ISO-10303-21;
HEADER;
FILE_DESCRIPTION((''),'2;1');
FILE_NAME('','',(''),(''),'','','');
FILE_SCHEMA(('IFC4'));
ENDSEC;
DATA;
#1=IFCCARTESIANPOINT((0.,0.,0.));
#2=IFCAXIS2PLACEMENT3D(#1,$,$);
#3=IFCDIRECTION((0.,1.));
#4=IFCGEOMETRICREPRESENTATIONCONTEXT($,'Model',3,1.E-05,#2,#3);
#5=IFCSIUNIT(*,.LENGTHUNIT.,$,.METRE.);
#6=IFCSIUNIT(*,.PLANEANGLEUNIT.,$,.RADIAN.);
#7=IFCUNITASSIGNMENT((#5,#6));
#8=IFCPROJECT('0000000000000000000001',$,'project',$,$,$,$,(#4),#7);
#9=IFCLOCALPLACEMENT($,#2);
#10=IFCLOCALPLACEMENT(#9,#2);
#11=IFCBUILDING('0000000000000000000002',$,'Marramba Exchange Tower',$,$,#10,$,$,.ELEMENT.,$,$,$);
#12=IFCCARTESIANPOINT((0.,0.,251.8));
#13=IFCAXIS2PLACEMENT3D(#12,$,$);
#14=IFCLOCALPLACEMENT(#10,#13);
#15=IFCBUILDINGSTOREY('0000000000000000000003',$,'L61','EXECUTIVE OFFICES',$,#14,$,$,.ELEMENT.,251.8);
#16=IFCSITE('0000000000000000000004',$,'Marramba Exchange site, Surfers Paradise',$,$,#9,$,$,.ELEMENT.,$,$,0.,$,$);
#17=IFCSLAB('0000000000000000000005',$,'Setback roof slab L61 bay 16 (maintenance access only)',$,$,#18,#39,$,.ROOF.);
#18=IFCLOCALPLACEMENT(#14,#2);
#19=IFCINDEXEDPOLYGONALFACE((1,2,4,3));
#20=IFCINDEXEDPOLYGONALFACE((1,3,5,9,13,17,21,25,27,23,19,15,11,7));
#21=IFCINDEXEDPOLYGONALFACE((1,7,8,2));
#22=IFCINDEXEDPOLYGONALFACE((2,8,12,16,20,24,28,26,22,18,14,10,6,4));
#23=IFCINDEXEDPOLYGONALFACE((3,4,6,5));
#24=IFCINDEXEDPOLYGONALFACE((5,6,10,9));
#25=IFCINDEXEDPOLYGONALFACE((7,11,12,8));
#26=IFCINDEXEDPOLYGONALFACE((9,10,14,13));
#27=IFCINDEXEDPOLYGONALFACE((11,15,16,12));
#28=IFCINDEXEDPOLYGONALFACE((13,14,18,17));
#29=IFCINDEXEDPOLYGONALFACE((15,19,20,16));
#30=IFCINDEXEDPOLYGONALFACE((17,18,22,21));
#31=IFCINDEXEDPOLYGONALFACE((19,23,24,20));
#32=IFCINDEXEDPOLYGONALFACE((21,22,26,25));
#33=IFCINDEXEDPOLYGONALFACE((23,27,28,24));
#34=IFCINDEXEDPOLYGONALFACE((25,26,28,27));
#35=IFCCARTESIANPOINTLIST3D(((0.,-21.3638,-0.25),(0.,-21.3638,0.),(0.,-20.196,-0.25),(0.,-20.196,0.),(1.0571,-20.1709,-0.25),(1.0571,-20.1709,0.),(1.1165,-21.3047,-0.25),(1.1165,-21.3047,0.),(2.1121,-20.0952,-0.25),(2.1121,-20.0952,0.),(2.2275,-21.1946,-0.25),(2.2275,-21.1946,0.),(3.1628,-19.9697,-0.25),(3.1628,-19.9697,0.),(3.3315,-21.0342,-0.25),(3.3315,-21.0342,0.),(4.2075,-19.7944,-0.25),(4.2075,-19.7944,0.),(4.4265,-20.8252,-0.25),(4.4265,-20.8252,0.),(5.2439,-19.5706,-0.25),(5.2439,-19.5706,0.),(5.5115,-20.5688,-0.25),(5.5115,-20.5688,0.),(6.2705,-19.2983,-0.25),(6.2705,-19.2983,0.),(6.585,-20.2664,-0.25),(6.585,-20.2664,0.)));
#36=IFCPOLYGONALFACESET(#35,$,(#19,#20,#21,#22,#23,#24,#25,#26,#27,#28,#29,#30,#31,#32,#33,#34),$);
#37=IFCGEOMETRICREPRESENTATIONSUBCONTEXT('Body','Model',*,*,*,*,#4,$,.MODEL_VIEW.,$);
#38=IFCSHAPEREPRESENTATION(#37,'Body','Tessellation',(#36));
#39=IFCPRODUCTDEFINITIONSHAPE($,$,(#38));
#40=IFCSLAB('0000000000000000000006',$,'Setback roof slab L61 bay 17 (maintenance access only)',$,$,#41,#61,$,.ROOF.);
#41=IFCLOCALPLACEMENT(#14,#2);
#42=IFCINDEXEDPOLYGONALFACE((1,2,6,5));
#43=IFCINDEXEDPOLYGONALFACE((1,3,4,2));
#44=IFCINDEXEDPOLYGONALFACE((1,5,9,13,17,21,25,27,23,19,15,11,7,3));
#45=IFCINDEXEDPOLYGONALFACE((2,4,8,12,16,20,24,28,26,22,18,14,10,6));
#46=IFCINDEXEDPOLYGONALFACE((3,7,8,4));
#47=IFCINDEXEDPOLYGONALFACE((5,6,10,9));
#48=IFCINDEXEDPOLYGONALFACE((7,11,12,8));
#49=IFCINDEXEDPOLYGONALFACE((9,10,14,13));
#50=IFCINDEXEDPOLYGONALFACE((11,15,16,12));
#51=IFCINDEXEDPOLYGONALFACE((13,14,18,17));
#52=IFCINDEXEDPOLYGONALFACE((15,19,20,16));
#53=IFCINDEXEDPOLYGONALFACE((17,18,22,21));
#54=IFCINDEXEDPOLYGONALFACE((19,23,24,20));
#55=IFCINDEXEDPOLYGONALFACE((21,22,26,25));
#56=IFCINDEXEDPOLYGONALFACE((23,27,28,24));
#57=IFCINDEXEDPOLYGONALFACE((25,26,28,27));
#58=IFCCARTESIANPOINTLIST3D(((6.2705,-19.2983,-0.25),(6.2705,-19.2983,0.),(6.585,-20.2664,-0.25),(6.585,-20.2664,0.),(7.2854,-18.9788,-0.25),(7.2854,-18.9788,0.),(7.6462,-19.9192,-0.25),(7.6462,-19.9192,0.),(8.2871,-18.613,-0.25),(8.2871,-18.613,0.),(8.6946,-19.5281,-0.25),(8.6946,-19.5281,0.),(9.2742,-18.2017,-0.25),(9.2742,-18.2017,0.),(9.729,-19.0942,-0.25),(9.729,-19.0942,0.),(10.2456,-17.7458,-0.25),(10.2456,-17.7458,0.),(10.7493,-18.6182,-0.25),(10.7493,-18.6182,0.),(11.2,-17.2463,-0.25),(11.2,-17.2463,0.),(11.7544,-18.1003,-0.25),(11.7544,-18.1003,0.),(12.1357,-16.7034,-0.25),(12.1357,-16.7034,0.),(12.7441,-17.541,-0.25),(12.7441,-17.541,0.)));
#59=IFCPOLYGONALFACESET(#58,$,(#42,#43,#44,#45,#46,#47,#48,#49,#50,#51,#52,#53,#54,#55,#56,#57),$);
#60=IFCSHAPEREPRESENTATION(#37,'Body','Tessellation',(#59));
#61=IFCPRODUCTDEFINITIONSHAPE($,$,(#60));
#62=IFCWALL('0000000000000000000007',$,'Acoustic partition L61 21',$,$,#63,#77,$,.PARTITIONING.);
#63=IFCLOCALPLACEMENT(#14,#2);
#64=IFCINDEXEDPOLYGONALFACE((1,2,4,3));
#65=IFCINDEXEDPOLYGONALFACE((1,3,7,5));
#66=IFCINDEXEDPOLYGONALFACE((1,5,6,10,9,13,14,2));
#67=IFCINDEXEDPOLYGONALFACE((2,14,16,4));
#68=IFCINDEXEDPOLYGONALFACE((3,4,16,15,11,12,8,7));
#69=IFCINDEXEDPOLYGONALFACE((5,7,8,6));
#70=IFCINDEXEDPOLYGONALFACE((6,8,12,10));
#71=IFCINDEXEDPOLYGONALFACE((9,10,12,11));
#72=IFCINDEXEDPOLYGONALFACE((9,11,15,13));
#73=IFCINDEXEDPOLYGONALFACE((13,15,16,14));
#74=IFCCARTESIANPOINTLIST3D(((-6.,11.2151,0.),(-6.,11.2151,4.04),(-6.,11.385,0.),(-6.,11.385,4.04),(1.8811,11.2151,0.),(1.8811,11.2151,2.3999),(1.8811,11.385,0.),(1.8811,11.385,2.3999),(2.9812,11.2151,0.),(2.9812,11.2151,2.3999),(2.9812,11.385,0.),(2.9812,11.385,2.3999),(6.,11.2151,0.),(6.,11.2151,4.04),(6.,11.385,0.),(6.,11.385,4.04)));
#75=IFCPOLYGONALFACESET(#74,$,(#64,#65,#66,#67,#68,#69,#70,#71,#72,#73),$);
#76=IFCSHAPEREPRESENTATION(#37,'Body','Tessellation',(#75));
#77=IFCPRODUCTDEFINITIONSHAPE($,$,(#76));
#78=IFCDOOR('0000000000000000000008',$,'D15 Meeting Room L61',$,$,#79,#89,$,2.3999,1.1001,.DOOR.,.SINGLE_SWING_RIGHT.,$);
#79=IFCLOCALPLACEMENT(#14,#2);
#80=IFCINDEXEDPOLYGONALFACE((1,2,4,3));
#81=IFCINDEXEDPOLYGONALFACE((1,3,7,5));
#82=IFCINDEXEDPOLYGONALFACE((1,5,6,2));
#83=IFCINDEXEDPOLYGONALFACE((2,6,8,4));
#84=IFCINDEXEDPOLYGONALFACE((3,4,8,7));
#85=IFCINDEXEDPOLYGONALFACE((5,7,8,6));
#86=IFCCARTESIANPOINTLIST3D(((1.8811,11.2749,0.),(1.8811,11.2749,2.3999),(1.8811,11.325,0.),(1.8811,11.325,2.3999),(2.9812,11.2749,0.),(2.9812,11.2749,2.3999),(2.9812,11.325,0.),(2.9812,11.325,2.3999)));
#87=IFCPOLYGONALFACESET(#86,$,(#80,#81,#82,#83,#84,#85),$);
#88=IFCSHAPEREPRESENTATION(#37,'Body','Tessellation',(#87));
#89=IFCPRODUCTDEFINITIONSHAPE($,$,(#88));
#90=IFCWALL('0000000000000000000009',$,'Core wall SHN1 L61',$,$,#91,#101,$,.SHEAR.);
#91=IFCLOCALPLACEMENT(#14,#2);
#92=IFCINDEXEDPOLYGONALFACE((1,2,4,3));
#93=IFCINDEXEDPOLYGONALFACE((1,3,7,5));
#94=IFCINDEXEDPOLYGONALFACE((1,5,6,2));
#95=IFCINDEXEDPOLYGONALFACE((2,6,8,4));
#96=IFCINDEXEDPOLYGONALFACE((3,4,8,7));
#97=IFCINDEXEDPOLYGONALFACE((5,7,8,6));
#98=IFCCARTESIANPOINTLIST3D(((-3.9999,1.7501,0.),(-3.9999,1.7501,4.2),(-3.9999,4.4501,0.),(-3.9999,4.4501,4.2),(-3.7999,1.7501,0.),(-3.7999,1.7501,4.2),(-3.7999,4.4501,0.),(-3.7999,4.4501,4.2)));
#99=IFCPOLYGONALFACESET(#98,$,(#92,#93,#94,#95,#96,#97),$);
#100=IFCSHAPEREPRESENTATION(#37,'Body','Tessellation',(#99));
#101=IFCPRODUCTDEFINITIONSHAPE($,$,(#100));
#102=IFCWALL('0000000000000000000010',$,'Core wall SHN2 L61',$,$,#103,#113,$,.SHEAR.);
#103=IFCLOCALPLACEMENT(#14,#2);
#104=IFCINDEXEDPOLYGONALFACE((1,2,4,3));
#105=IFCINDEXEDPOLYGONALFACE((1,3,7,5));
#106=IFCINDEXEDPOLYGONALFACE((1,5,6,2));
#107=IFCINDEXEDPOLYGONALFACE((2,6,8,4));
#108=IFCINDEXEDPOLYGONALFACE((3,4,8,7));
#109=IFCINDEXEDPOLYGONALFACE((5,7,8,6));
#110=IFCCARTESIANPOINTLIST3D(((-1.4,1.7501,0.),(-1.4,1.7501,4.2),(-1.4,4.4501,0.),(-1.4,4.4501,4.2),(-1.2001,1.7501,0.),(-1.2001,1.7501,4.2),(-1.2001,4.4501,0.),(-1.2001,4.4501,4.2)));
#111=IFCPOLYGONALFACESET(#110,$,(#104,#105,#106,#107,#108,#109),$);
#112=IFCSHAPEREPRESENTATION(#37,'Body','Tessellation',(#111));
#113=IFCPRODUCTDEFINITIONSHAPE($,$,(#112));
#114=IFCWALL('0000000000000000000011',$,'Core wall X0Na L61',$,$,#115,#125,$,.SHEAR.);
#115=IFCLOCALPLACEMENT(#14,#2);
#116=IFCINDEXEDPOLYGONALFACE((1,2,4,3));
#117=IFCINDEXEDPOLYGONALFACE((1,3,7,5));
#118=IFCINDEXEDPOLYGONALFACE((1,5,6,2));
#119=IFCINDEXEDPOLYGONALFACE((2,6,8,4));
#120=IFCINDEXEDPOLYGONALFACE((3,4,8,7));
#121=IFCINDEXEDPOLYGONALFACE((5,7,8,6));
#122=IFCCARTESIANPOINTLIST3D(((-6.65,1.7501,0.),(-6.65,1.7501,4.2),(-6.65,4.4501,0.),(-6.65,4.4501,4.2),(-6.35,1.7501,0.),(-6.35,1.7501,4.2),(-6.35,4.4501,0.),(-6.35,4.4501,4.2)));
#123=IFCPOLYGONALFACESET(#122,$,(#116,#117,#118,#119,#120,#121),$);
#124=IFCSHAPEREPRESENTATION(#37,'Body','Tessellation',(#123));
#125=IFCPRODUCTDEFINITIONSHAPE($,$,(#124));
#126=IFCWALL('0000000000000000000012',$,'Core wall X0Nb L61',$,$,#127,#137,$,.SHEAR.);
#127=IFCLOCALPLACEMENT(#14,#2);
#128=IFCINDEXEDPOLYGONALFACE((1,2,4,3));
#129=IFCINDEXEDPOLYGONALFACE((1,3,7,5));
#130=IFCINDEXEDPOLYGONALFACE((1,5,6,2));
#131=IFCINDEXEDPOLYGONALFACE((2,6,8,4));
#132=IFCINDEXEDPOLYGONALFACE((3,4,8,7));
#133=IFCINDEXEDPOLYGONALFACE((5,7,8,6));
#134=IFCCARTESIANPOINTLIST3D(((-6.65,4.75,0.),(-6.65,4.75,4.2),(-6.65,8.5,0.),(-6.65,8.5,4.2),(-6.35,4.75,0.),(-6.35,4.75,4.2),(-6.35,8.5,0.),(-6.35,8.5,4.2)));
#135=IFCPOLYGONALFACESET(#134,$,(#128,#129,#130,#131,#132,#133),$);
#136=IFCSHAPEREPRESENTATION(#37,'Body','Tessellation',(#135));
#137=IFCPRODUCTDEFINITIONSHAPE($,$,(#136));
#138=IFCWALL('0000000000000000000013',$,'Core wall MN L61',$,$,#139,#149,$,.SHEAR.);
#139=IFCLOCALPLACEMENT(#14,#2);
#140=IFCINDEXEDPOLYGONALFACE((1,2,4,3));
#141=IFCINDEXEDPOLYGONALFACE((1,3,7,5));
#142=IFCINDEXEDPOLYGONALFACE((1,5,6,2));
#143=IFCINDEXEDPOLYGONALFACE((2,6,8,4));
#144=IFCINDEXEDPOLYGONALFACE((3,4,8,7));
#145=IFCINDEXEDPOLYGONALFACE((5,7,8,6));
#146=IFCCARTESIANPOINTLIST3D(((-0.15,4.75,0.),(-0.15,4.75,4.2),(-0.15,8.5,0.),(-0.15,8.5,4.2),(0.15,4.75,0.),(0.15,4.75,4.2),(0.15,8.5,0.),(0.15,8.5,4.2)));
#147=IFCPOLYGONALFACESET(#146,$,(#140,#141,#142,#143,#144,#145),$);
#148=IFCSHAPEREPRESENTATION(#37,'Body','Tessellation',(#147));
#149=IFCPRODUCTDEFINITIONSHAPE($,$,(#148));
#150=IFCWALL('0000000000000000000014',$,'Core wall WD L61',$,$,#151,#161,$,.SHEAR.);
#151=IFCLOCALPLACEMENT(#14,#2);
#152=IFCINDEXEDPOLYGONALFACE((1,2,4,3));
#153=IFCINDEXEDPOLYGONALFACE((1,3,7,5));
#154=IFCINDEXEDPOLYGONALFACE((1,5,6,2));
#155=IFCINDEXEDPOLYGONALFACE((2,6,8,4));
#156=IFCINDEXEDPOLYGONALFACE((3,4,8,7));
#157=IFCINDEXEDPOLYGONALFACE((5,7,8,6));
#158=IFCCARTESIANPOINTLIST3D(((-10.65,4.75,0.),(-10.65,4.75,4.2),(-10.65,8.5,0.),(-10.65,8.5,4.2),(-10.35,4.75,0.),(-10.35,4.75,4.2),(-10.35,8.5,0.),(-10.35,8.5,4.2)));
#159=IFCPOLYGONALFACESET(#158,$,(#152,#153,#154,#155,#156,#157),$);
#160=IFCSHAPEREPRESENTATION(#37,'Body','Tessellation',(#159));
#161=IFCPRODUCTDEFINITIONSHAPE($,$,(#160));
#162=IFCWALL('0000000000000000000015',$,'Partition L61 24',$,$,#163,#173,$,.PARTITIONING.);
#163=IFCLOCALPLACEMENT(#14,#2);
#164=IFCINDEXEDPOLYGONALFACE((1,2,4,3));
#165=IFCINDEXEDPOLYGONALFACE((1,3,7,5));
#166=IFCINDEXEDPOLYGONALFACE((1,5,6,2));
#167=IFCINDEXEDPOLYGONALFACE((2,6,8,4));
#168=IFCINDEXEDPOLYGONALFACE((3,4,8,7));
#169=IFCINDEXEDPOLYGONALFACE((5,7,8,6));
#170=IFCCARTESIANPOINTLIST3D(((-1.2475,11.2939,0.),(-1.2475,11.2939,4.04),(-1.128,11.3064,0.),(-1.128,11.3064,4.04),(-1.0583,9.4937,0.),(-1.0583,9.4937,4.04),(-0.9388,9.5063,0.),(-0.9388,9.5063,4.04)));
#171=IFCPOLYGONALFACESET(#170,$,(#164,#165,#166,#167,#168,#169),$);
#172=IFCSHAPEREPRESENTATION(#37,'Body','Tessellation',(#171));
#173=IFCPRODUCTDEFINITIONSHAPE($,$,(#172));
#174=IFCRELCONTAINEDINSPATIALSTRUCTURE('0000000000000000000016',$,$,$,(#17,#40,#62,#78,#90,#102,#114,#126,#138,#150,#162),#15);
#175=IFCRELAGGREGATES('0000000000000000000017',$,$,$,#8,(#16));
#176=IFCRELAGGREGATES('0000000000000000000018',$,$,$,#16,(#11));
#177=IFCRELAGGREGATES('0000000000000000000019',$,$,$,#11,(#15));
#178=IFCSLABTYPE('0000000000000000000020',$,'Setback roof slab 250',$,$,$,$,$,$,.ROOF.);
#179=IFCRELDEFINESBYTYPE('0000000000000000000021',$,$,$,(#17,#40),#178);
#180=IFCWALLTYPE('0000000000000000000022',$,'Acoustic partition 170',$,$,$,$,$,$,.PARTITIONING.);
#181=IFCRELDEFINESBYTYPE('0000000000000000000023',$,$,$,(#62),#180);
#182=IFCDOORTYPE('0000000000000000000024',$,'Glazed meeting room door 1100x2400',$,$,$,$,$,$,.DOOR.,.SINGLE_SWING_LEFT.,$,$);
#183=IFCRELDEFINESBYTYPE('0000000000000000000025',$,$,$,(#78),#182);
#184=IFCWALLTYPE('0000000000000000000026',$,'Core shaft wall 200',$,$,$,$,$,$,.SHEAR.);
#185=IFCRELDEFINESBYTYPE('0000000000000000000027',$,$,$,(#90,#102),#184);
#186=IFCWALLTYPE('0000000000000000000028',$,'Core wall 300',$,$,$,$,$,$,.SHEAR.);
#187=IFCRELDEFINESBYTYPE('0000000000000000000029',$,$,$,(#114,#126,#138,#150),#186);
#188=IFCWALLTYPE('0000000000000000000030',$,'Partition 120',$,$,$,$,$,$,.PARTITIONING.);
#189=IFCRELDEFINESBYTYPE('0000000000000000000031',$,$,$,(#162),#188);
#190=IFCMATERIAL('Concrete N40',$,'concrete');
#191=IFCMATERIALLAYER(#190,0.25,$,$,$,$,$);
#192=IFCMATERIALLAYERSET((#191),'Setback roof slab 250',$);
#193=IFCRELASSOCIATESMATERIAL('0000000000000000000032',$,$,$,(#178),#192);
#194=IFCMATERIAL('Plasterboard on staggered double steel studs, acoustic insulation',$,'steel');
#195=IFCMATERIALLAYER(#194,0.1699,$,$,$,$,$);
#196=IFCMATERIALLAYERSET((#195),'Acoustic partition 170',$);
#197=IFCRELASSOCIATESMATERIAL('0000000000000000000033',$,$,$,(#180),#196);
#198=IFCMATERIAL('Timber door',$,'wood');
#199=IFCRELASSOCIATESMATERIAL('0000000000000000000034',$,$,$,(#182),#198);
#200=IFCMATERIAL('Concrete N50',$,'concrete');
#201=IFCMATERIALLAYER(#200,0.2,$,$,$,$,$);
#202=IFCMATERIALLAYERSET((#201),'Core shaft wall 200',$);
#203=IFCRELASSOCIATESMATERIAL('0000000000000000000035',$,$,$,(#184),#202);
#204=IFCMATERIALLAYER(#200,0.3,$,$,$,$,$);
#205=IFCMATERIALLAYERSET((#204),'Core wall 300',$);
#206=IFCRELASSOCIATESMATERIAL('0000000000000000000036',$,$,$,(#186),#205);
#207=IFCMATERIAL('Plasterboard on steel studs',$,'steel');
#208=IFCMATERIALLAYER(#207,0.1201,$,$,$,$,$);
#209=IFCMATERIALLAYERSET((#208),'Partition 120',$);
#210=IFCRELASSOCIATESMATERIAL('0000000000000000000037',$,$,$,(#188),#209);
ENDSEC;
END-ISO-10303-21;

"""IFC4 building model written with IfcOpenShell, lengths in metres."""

from ifc_helpers import new_model, si_unit, direction, frame, frame_2d, origin, place, context, subcontext, project, spatial, polyline, rectangle, outline, extrude, material, layer, layer_set, type_object, element, fill, save


model = new_model("IFC4")

# Units and contexts
model_context = context("Model", 3, precision=1e-05, world=origin(), true_north=direction((0.0, 1.0)))
body_context = subcontext(model_context, "Body", "Model", "MODEL_VIEW")
ifc_project = project(units=[si_unit("LENGTHUNIT", "METRE"), si_unit("PLANEANGLEUNIT", "RADIAN")], contexts=[model_context])

# Site, building, storey
site_placement = place(None, origin())
site = spatial("IfcSite", under=ifc_project, at=site_placement, Name="Marramba Exchange site, Surfers Paradise", CompositionType="ELEMENT", RefElevation=0.0)
building_placement = place(site_placement, origin())
building = spatial("IfcBuilding", under=site, at=building_placement, Name="Marramba Exchange Tower", CompositionType="ELEMENT")
storey_placement = place(building_placement, frame((0.0, 0.0, 251.8)))
storey = spatial("IfcBuildingStorey", under=building, at=storey_placement, Name="L61", Description="EXECUTIVE OFFICES", CompositionType="ELEMENT", Elevation=251.8)

# Slabs
ifc_material_1 = material(Name="Concrete N40", Category="concrete")
ifc_layer_1 = layer(ifc_material_1, 0.25)
ifc_layer_set_1 = layer_set([ifc_layer_1], Name="Setback roof slab 250")
slab_type = type_object("IfcSlabType", Name="Setback roof slab 250", PredefinedType="ROOF", material=ifc_layer_set_1)
slab_1_placement = place(storey_placement, frame((0.0, 0.0, -0.25)))
element("IfcSlab", 1, at=slab_1_placement, inside=storey, type_object=slab_type, Name="Setback roof slab L61 bay 16 (maintenance access only)", PredefinedType="ROOF", context=body_context, shape_type="SweptSolid", body=[
    extrude(outline(polyline([(6.585, -20.2664), (5.5115, -20.5688), (4.4265, -20.8252), (3.3315, -21.0342), (2.2275, -21.1946), (1.1165, -21.3047), (0.0, -21.3638), (0.0, -20.196), (1.0571, -20.1709), (2.1121, -20.0952), (3.1628, -19.9697), (4.2075, -19.7944), (5.2439, -19.5706), (6.2705, -19.2983), (6.585, -20.2664)])), origin(), (0.0, 0.0, 1.0), 0.25),
])
slab_2_placement = place(storey_placement, frame((0.0, 0.0, -0.25)))
element("IfcSlab", 2, at=slab_2_placement, inside=storey, type_object=slab_type, Name="Setback roof slab L61 bay 17 (maintenance access only)", PredefinedType="ROOF", context=body_context, shape_type="SweptSolid", body=[
    extrude(outline(polyline([(11.7544, -18.1003), (10.7493, -18.6182), (9.729, -19.0942), (8.6946, -19.5281), (7.6462, -19.9192), (6.585, -20.2664), (6.2705, -19.2983), (7.2854, -18.9788), (8.2871, -18.613), (9.2742, -18.2017), (10.2456, -17.7458), (11.2, -17.2463), (12.1357, -16.7034), (12.7441, -17.541), (11.7544, -18.1003)])), origin(), (0.0, 0.0, 1.0), 0.25),
])

# Wall, opening, door
ifc_material_2 = material(Name="Plasterboard on staggered double steel studs, acoustic insulation", Category="steel")
ifc_layer_2 = layer(ifc_material_2, 0.1699)
ifc_layer_set_2 = layer_set([ifc_layer_2], Name="Acoustic partition 170")
wall_type_1 = type_object("IfcWallType", Name="Acoustic partition 170", PredefinedType="PARTITIONING", material=ifc_layer_set_2)
wall_1_placement = place(storey_placement, frame((-6.0, 11.3, 0.0), z_axis=(0.0, 0.0, 1.0), x_axis=(1.0, 0.0, 0.0)))
wall_1 = element("IfcWall", 3, at=wall_1_placement, inside=storey, type_object=wall_type_1, Name="Acoustic partition L61 21", PredefinedType="PARTITIONING", context=body_context, shape_type="SweptSolid", body=[
    extrude(rectangle(XDim=12.0, YDim=0.1699, at=frame_2d((6.0, 0.0))), origin(), (0.0, 0.0, 1.0), 4.04),
])
opening_1_placement = place(wall_1_placement, frame((7.8811, 0.0, 0.0)))
opening_1 = element("IfcOpeningElement", 4, at=opening_1_placement, cuts=wall_1, PredefinedType="OPENING", context=body_context, shape_type="SweptSolid", body=[
    extrude(rectangle(XDim=1.1001, YDim=2.3999, at=frame_2d((0.55, 1.2))), frame((0.0, 0.095, 0.0), z_axis=(0.0, -1.0, 0.0), x_axis=(1.0, 0.0, 0.0)), (0.0, 0.0, 1.0), 0.1899),
])
ifc_material_3 = material(Name="Timber door", Category="wood")
door_type_1 = type_object("IfcDoorType", Name="Glazed meeting room door 1100x2400", OperationType="SINGLE_SWING_LEFT", PredefinedType="DOOR", material=ifc_material_3)
door_1_placement = place(opening_1_placement, origin())
door_1 = element("IfcDoor", 5, at=door_1_placement, inside=storey, type_object=door_type_1, Name="D15 Meeting Room L61", OperationType="SINGLE_SWING_RIGHT", OverallHeight=2.3999, OverallWidth=1.1001, PredefinedType="DOOR", context=body_context, shape_type="SweptSolid", body=[
    extrude(rectangle(XDim=1.1001, YDim=2.3999, at=frame_2d((0.55, 1.2))), frame((0.0, 0.0249, 0.0), z_axis=(0.0, -1.0, 0.0), x_axis=(1.0, 0.0, 0.0)), (0.0, 0.0, 1.0), 0.05),
])
fill(opening_1, door_1)

# Walls
ifc_material_4 = material(Name="Concrete N50", Category="concrete")
ifc_layer_3 = layer(ifc_material_4, 0.2)
ifc_layer_set_3 = layer_set([ifc_layer_3], Name="Core shaft wall 200")
wall_type_2 = type_object("IfcWallType", Name="Core shaft wall 200", PredefinedType="SHEAR", material=ifc_layer_set_3)
for number, where, z_axis, x_axis, name in (
    (6, (-3.8999, 1.75, 0.0), (0.0, 0.0, 1.0), (0.0, 1.0, 0.0), "Core wall SHN1 L61"),
    (7, (-1.3, 1.75, 0.0), (0.0, 0.0, 1.0), (0.0, 1.0, 0.0), "Core wall SHN2 L61"),
):
    element("IfcWall", number, at=place(storey_placement, frame(where, z_axis=z_axis, x_axis=x_axis)), inside=storey, type_object=wall_type_2, Name=name, PredefinedType="SHEAR", context=body_context, shape_type="SweptSolid", body=[
        extrude(rectangle(XDim=2.7, YDim=0.2, at=frame_2d((1.3501, 0.0))), origin(), (0.0, 0.0, 1.0), 4.2),
    ])
ifc_layer_4 = layer(ifc_material_4, 0.3)
ifc_layer_set_4 = layer_set([ifc_layer_4], Name="Core wall 300")
wall_type_3 = type_object("IfcWallType", Name="Core wall 300", PredefinedType="SHEAR", material=ifc_layer_set_4)
wall_2_placement = place(storey_placement, frame((-6.5, 1.75, 0.0), z_axis=(0.0, 0.0, 1.0), x_axis=(0.0, 1.0, 0.0)))
element("IfcWall", 8, at=wall_2_placement, inside=storey, type_object=wall_type_3, Name="Core wall X0Na L61", PredefinedType="SHEAR", context=body_context, shape_type="SweptSolid", body=[
    extrude(rectangle(XDim=2.7, YDim=0.3, at=frame_2d((1.3501, 0.0))), origin(), (0.0, 0.0, 1.0), 4.2),
])
for number, where, z_axis, x_axis, name in (
    (9, (-6.5, 4.75, 0.0), (0.0, 0.0, 1.0), (0.0, 1.0, 0.0), "Core wall X0Nb L61"),
    (10, (0.0, 4.75, 0.0), (0.0, 0.0, 1.0), (0.0, 1.0, 0.0), "Core wall MN L61"),
    (11, (-10.5, 4.75, 0.0), (0.0, 0.0, 1.0), (0.0, 1.0, 0.0), "Core wall WD L61"),
):
    element("IfcWall", number, at=place(storey_placement, frame(where, z_axis=z_axis, x_axis=x_axis)), inside=storey, type_object=wall_type_3, Name=name, PredefinedType="SHEAR", context=body_context, shape_type="SweptSolid", body=[
        extrude(rectangle(XDim=3.75, YDim=0.3, at=frame_2d((1.875, 0.0))), origin(), (0.0, 0.0, 1.0), 4.2),
    ])
ifc_material_5 = material(Name="Plasterboard on steel studs", Category="steel")
ifc_layer_5 = layer(ifc_material_5, 0.1201)
ifc_layer_set_5 = layer_set([ifc_layer_5], Name="Partition 120")
wall_type_4 = type_object("IfcWallType", Name="Partition 120", PredefinedType="PARTITIONING", material=ifc_layer_set_5)
wall_3_placement = place(storey_placement, frame((-0.9985, 9.5, 0.0), z_axis=(0.0, 0.0, 1.0), x_axis=(-0.104537, 0.994521, 0.0)))
element("IfcWall", 12, at=wall_3_placement, inside=storey, type_object=wall_type_4, Name="Partition L61 24", PredefinedType="PARTITIONING", context=body_context, shape_type="SweptSolid", body=[
    extrude(rectangle(XDim=1.8101, YDim=0.1201, at=frame_2d((0.905, 0.0))), origin(), (0.0, 0.0, 1.0), 4.04),
])

save(model, "model.ifc")
